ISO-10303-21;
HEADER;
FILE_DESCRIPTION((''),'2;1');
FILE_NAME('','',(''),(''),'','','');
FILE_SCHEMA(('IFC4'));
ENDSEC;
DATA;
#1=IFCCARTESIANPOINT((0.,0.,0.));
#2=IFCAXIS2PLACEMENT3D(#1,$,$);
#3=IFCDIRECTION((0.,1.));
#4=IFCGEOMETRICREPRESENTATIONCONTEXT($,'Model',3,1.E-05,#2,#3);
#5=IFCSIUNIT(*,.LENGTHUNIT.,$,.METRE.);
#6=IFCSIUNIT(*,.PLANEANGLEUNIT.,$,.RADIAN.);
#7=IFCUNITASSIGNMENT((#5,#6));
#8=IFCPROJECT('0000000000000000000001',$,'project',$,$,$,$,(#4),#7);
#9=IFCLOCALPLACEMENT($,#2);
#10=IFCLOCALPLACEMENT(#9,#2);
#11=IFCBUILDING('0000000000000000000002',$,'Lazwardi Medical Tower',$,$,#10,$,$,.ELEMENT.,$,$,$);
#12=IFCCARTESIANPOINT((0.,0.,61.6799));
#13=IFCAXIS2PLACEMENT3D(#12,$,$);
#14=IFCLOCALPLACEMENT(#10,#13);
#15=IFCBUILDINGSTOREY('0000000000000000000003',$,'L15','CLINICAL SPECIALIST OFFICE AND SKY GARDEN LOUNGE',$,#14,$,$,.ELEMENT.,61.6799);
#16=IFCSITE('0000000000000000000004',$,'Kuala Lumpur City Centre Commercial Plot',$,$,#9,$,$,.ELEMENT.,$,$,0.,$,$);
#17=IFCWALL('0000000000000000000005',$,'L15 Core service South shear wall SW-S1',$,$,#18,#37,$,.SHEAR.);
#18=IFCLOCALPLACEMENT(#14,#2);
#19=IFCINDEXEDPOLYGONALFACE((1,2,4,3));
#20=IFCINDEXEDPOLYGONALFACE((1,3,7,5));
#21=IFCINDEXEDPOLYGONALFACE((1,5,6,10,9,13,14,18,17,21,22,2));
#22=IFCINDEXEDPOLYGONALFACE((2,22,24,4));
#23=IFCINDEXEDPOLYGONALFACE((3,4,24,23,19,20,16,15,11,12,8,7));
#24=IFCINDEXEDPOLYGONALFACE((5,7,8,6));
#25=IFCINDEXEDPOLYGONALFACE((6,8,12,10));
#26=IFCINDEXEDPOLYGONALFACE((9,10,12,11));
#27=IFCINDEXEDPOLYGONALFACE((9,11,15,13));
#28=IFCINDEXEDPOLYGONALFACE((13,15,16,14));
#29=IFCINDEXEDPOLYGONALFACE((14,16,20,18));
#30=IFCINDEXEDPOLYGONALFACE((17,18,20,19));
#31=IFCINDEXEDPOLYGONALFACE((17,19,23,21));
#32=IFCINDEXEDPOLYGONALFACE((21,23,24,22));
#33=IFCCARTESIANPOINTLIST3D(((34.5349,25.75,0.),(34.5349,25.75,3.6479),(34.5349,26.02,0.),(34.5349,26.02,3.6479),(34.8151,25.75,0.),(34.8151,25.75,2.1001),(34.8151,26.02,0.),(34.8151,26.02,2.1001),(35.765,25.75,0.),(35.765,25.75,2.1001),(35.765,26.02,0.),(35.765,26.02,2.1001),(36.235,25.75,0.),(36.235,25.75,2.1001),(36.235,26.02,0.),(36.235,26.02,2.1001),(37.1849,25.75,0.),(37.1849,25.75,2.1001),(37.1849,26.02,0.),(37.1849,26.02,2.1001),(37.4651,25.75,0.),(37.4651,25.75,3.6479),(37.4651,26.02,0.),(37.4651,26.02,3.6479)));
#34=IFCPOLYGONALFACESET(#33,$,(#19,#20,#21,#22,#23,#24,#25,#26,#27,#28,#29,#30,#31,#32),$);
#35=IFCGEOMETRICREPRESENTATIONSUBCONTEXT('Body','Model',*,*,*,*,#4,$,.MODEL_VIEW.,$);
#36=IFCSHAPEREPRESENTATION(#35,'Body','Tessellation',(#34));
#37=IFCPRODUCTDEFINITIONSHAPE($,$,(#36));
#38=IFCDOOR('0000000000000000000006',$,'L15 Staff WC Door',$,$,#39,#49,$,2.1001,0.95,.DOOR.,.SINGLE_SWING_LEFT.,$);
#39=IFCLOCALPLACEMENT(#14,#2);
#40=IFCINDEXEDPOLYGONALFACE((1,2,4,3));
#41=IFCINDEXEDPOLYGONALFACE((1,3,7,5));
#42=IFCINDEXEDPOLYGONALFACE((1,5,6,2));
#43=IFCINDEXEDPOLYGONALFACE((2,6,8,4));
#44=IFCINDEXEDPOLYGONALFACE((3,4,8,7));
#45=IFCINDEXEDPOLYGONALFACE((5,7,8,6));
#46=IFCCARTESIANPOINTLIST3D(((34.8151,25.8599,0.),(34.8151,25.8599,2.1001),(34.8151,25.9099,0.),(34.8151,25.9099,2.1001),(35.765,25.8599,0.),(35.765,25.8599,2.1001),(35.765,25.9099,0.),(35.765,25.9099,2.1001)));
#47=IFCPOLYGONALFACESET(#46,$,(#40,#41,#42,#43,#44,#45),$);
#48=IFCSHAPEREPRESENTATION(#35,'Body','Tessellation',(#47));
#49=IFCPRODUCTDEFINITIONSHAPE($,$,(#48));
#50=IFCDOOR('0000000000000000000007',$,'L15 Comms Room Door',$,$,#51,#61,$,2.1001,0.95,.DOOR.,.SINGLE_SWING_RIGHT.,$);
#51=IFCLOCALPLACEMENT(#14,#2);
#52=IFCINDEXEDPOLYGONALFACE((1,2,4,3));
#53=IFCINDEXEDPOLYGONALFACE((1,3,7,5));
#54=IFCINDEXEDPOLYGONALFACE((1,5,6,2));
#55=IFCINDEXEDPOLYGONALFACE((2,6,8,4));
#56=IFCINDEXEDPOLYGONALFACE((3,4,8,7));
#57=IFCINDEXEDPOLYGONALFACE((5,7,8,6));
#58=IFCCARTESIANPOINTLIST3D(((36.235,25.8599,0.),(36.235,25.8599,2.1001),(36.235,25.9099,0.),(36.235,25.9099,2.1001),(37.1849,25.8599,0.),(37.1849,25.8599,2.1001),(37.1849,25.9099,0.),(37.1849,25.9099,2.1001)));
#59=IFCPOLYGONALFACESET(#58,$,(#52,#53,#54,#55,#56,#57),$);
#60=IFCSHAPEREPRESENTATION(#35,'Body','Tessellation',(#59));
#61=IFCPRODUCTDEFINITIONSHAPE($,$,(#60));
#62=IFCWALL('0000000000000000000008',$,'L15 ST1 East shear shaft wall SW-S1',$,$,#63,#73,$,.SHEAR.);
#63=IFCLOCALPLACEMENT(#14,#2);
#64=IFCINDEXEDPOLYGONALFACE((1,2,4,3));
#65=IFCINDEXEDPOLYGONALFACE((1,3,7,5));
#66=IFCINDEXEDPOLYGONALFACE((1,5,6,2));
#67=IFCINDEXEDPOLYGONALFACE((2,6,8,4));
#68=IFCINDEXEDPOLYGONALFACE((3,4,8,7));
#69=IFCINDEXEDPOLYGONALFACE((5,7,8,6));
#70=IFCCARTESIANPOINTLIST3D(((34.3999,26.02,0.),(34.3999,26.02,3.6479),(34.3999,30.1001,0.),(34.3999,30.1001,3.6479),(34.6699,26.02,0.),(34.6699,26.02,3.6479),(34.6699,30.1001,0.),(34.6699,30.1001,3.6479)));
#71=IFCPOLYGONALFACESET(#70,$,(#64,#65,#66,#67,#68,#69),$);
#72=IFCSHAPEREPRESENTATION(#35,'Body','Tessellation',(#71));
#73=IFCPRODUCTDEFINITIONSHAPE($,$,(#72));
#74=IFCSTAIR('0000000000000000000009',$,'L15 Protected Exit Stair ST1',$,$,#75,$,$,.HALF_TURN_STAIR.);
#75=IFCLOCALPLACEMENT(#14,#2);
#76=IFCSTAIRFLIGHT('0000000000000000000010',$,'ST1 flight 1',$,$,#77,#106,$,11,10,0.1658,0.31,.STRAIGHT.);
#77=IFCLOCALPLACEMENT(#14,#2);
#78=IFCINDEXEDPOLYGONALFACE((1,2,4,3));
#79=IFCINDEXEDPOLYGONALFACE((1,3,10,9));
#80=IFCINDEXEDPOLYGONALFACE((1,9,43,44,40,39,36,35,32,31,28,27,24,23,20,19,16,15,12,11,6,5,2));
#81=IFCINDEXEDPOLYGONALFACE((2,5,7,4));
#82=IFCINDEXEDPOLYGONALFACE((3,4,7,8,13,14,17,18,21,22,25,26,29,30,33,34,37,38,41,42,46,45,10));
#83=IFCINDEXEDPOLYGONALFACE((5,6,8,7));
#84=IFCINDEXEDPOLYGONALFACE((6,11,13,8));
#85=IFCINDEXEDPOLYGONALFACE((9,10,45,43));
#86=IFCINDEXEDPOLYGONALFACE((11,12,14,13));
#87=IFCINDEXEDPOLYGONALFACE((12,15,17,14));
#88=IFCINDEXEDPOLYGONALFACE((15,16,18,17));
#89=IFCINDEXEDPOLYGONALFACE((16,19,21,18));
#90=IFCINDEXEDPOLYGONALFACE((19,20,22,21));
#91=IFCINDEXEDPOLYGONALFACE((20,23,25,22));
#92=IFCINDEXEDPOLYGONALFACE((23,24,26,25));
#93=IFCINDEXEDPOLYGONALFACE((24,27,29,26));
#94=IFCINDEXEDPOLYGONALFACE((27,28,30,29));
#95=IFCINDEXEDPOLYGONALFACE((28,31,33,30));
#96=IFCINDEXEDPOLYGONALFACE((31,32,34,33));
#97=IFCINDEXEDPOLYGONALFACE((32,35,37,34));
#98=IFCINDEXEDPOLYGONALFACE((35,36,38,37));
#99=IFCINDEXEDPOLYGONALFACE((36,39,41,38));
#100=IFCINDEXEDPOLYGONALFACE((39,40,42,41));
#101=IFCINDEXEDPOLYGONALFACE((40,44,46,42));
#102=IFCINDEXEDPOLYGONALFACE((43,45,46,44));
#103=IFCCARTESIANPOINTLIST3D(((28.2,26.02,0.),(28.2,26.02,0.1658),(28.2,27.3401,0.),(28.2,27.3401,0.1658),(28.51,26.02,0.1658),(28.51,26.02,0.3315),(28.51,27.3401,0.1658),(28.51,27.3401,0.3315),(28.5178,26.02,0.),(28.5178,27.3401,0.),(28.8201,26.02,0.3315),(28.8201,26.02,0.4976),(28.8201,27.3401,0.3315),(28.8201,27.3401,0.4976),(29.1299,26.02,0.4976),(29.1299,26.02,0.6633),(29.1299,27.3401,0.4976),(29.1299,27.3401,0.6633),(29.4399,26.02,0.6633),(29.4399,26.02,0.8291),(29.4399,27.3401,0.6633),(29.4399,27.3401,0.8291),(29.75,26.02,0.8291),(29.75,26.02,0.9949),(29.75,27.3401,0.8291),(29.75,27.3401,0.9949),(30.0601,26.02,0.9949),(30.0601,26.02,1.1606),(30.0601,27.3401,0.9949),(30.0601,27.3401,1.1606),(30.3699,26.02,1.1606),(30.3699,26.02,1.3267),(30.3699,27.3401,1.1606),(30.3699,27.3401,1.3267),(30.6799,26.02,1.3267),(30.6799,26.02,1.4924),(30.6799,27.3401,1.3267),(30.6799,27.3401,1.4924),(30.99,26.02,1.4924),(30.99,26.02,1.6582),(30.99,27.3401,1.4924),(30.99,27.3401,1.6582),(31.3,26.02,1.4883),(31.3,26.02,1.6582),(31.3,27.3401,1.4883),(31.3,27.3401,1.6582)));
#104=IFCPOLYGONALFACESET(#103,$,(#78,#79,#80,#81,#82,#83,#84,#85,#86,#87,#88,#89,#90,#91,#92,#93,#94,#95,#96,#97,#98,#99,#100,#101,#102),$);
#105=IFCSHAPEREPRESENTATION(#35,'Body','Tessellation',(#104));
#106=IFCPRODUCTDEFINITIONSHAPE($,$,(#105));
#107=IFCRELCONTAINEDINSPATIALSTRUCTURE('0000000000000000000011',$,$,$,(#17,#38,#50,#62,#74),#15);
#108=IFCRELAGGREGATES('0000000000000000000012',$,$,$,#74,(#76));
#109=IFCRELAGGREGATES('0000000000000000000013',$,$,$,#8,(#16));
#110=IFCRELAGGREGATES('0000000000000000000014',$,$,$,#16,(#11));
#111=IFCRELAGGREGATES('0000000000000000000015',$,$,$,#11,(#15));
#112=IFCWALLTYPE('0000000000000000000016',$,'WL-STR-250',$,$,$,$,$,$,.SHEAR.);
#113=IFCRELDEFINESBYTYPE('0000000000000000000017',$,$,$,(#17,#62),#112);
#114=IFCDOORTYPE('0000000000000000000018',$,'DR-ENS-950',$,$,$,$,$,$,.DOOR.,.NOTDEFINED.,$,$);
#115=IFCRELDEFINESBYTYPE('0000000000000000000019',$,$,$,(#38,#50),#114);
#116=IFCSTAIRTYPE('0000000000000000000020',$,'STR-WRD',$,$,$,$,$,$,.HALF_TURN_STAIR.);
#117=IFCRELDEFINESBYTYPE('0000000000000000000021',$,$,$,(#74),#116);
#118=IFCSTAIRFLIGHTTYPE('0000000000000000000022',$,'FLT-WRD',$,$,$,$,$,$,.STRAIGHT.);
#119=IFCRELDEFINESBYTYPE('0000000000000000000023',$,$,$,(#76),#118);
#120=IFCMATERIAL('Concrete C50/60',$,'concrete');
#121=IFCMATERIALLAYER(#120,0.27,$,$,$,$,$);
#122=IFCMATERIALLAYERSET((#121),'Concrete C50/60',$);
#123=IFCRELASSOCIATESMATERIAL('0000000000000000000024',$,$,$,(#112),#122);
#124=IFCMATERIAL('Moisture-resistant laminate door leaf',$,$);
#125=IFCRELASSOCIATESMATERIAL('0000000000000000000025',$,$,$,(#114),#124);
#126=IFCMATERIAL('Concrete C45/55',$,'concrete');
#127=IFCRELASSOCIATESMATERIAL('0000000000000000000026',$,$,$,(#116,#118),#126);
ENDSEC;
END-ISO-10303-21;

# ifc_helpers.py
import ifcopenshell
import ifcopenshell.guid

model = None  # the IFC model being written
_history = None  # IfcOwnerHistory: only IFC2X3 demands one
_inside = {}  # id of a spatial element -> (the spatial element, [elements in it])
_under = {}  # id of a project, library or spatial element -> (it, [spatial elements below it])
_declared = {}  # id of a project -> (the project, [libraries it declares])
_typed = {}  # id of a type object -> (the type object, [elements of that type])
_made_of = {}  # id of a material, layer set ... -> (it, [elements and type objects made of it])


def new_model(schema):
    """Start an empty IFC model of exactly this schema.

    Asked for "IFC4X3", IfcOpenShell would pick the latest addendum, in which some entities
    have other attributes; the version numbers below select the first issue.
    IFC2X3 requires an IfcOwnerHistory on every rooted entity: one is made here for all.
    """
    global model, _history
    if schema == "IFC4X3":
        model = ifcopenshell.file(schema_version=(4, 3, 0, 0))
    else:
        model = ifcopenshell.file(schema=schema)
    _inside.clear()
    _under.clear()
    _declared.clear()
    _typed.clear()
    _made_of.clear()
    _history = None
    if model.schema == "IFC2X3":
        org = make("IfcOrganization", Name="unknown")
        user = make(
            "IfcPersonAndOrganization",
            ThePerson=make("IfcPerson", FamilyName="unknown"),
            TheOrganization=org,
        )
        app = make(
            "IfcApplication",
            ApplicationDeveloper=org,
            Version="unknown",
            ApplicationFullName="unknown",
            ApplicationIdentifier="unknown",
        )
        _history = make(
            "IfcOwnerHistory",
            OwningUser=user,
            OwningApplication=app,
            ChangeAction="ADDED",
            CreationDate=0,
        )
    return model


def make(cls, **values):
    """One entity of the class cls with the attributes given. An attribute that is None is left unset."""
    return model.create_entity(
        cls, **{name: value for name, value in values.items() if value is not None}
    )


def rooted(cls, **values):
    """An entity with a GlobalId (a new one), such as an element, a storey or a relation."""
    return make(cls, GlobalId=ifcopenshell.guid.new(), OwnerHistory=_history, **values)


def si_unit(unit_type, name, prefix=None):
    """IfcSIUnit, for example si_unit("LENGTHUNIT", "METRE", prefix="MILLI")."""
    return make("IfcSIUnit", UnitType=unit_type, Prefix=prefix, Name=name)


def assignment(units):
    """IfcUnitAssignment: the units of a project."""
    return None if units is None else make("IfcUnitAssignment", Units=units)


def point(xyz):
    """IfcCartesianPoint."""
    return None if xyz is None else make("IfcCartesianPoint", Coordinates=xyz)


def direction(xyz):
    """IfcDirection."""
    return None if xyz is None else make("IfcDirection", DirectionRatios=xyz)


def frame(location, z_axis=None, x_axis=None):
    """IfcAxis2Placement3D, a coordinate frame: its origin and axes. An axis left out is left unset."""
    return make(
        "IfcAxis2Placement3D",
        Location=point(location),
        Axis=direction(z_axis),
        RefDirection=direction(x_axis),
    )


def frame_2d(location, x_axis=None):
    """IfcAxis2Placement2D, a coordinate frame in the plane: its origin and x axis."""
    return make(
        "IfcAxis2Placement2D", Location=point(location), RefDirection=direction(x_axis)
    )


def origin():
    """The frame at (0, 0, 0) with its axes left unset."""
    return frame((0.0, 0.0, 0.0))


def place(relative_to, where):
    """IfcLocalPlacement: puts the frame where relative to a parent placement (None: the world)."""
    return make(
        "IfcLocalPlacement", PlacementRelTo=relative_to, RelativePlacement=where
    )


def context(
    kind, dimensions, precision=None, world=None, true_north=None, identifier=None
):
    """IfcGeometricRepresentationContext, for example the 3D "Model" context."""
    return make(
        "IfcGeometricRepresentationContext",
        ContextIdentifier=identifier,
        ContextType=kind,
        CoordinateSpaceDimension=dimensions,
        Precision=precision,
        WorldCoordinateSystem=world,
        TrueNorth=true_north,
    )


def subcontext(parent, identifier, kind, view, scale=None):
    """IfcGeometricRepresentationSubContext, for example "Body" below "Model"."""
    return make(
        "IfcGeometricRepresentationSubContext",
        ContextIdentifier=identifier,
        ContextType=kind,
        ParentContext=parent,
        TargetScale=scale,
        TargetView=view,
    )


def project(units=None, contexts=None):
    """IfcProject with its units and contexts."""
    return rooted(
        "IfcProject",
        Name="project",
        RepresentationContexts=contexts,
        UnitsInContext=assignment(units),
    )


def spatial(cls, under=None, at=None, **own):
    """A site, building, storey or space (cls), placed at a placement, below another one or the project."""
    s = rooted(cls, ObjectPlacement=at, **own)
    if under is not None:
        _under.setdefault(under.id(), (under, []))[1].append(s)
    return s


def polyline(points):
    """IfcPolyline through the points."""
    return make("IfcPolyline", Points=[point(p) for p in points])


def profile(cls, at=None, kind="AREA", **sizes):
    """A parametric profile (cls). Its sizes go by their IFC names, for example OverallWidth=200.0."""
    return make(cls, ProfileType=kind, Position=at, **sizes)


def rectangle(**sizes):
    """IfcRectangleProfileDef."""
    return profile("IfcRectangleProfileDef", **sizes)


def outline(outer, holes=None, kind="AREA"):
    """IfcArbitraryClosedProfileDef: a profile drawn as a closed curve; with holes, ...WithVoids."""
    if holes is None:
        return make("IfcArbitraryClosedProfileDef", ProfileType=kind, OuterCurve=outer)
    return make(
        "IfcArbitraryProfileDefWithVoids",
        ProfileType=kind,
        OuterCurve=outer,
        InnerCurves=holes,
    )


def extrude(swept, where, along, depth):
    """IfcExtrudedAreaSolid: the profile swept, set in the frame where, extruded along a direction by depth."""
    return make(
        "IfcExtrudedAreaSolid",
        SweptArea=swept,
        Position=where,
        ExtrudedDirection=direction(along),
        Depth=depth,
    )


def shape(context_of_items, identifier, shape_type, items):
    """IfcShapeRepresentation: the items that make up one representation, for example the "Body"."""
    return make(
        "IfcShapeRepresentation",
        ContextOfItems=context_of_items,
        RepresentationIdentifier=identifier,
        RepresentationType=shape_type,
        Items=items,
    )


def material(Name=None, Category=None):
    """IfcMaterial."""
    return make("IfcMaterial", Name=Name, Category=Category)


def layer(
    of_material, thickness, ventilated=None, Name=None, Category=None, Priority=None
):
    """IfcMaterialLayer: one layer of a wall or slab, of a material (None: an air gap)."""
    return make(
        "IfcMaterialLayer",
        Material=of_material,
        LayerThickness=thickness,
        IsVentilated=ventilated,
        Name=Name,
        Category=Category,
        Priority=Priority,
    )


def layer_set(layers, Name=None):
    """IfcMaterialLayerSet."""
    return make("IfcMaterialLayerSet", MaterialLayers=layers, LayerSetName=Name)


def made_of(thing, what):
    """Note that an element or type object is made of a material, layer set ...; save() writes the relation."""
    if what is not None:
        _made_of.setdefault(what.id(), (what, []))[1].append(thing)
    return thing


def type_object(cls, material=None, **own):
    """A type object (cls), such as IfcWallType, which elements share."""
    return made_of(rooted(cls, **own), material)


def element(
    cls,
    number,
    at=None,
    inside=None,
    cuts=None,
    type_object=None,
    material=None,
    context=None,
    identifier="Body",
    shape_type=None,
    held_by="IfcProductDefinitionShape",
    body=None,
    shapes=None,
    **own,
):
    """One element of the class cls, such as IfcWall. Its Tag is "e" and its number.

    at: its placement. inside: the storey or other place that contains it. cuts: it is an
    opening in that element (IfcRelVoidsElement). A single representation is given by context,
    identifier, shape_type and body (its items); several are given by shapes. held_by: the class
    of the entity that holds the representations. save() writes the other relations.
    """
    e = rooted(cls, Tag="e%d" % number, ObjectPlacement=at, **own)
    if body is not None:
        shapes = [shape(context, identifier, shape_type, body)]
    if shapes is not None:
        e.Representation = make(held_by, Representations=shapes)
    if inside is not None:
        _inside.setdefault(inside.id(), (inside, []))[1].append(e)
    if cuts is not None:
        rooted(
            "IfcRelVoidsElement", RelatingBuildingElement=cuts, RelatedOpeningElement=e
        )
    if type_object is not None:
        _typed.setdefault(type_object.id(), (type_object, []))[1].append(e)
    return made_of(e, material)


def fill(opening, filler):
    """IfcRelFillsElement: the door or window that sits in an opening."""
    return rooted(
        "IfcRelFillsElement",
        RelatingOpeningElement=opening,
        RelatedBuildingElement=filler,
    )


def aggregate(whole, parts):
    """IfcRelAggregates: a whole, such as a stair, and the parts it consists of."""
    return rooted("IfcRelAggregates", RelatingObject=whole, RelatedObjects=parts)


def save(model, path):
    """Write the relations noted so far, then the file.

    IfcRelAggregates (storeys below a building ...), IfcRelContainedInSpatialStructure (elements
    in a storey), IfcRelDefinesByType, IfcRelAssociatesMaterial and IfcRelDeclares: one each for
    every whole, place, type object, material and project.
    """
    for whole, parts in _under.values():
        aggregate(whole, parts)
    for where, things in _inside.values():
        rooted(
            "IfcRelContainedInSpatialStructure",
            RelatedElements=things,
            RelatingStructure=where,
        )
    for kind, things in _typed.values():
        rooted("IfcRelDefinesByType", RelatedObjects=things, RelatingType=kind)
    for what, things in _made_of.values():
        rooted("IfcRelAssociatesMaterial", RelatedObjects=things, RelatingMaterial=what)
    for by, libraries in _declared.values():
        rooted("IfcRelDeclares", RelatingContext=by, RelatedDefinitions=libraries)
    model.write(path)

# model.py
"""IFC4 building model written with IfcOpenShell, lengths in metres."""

from ifc_helpers import new_model, si_unit, direction, frame, frame_2d, origin, place, context, subcontext, project, spatial, polyline, rectangle, outline, extrude, material, layer, layer_set, type_object, element, fill, aggregate, save


model = new_model("IFC4")

# Units and contexts
model_context = context("Model", 3, precision=1e-05, world=origin(), true_north=direction((0.0, 1.0)))
body_context = subcontext(model_context, "Body", "Model", "MODEL_VIEW")
ifc_project = project(units=[si_unit("LENGTHUNIT", "METRE"), si_unit("PLANEANGLEUNIT", "RADIAN")], contexts=[model_context])

# Site, building, storey
site_placement = place(None, origin())
site = spatial("IfcSite", under=ifc_project, at=site_placement, Name="Kuala Lumpur City Centre Commercial Plot", CompositionType="ELEMENT", RefElevation=0.0)
building_placement = place(site_placement, origin())
building = spatial("IfcBuilding", under=site, at=building_placement, Name="Lazwardi Medical Tower", CompositionType="ELEMENT")
storey_placement = place(building_placement, frame((0.0, 0.0, 61.6799)))
storey = spatial("IfcBuildingStorey", under=building, at=storey_placement, Name="L15", Description="CLINICAL SPECIALIST OFFICE AND SKY GARDEN LOUNGE", CompositionType="ELEMENT", Elevation=61.6799)

# Shared definitions
ifc_material_1 = material(Name="Concrete C50/60", Category="concrete")
ifc_layer_1 = layer(ifc_material_1, 0.27)
ifc_layer_set_1 = layer_set([ifc_layer_1], Name="Concrete C50/60")
wall_type_1 = type_object("IfcWallType", Name="WL-STR-250", PredefinedType="SHEAR", material=ifc_layer_set_1)

# Wall, openings, doors
wall_1_placement = place(storey_placement, frame((34.5349, 25.885, 0.0), z_axis=(0.0, 0.0, 1.0), x_axis=(1.0, 0.0, 0.0)))
wall_1 = element("IfcWall", 1, at=wall_1_placement, inside=storey, type_object=wall_type_1, Name="L15 Core service South shear wall SW-S1", PredefinedType="SHEAR", context=body_context, shape_type="SweptSolid", body=[
    extrude(rectangle(XDim=2.9302, YDim=0.27, at=frame_2d((1.4651, 0.0))), origin(), (0.0, 0.0, 1.0), 3.6479),
])
opening_1_placement = place(wall_1_placement, frame((0.28, 0.0, 0.0)))
opening_1 = element("IfcOpeningElement", 2, at=opening_1_placement, cuts=wall_1, PredefinedType="OPENING", context=body_context, shape_type="SweptSolid", body=[
    extrude(rectangle(XDim=0.95, YDim=2.1001, at=frame_2d((0.4751, 1.05))), frame((0.0, 0.145, 0.0), z_axis=(0.0, -1.0, 0.0), x_axis=(1.0, 0.0, 0.0)), (0.0, 0.0, 1.0), 0.29),
])
opening_2_placement = place(wall_1_placement, frame((1.7, 0.0, 0.0)))
opening_2 = element("IfcOpeningElement", 3, at=opening_2_placement, cuts=wall_1, PredefinedType="OPENING", context=body_context, shape_type="SweptSolid", body=[
    extrude(rectangle(XDim=0.95, YDim=2.1001, at=frame_2d((0.4751, 1.05))), frame((0.0, 0.145, 0.0), z_axis=(0.0, -1.0, 0.0), x_axis=(1.0, 0.0, 0.0)), (0.0, 0.0, 1.0), 0.29),
])
ifc_material_2 = material(Name="Moisture-resistant laminate door leaf")
door_type_1 = type_object("IfcDoorType", Name="DR-ENS-950", OperationType="NOTDEFINED", PredefinedType="DOOR", material=ifc_material_2)
door_1_placement = place(opening_1_placement, origin())
door_1 = element("IfcDoor", 4, at=door_1_placement, inside=storey, type_object=door_type_1, Name="L15 Staff WC Door", OperationType="SINGLE_SWING_LEFT", OverallHeight=2.1001, OverallWidth=0.95, PredefinedType="DOOR", context=body_context, shape_type="SweptSolid", body=[
    extrude(rectangle(XDim=0.95, YDim=2.1001, at=frame_2d((0.4751, 1.05))), frame((0.0, 0.0249, 0.0), z_axis=(0.0, -1.0, 0.0), x_axis=(1.0, 0.0, 0.0)), (0.0, 0.0, 1.0), 0.05),
])
fill(opening_1, door_1)
door_2_placement = place(opening_2_placement, origin())
door_2 = element("IfcDoor", 5, at=door_2_placement, inside=storey, type_object=door_type_1, Name="L15 Comms Room Door", OperationType="SINGLE_SWING_RIGHT", OverallHeight=2.1001, OverallWidth=0.95, PredefinedType="DOOR", context=body_context, shape_type="SweptSolid", body=[
    extrude(rectangle(XDim=0.95, YDim=2.1001, at=frame_2d((0.4751, 1.05))), frame((0.0, 0.0249, 0.0), z_axis=(0.0, -1.0, 0.0), x_axis=(1.0, 0.0, 0.0)), (0.0, 0.0, 1.0), 0.05),
])
fill(opening_2, door_2)

# Wall
wall_2_placement = place(storey_placement, frame((34.5349, 26.02, 0.0), z_axis=(0.0, 0.0, 1.0), x_axis=(0.0, 1.0, 0.0)))
element("IfcWall", 6, at=wall_2_placement, inside=storey, type_object=wall_type_1, Name="L15 ST1 East shear shaft wall SW-S1", PredefinedType="SHEAR", context=body_context, shape_type="SweptSolid", body=[
    extrude(rectangle(XDim=4.0801, YDim=0.27, at=frame_2d((2.04, 0.0))), origin(), (0.0, 0.0, 1.0), 3.6479),
])

# Stair, stair flight
ifc_material_3 = material(Name="Concrete C45/55", Category="concrete")
stair_type = type_object("IfcStairType", Name="STR-WRD", PredefinedType="HALF_TURN_STAIR", material=ifc_material_3)
stair_placement = place(storey_placement, origin())
stair = element("IfcStair", 7, at=stair_placement, inside=storey, type_object=stair_type, Name="L15 Protected Exit Stair ST1", PredefinedType="HALF_TURN_STAIR")
stair_flight_type = type_object("IfcStairFlightType", Name="FLT-WRD", PredefinedType="STRAIGHT", material=ifc_material_3)
stair_flight_placement = place(storey_placement, frame((28.2, 26.6799, 0.0), z_axis=(0.0, 0.0, 1.0), x_axis=(1.0, 0.0, 0.0)))
stair_flight = element("IfcStairFlight", 8, at=stair_flight_placement, type_object=stair_flight_type, Name="ST1 flight 1", NumberOfRisers=11, NumberOfTreads=10, PredefinedType="STRAIGHT", RiserHeight=0.1658, TreadLength=0.31, context=body_context, shape_type="SweptSolid", body=[
    extrude(outline(polyline([(0.0, 0.0), (0.0, 0.1658), (0.3101, 0.1658), (0.3101, 0.3315), (0.6201, 0.3315), (0.6201, 0.4976), (0.9299, 0.4976), (0.9299, 0.6633), (1.24, 0.6633), (1.24, 0.8291), (1.55, 0.8291), (1.55, 0.9949), (1.8601, 0.9949), (1.8601, 1.1606), (2.1699, 1.1606), (2.1699, 1.3267), (2.48, 1.3267), (2.48, 1.4924), (2.79, 1.4924), (2.79, 1.6582), (3.1001, 1.6582), (3.1001, 1.824), (3.1001, 1.4883), (0.3179, 0.0), (0.0, 0.0)])), frame((0.0, 0.6602, 0.0), z_axis=(0.0, -1.0, 0.0), x_axis=(1.0, 0.0, 0.0)), (0.0, 0.0, 1.0), 1.3201),
])
aggregate(stair, [stair_flight])

save(model, "model.ifc")
